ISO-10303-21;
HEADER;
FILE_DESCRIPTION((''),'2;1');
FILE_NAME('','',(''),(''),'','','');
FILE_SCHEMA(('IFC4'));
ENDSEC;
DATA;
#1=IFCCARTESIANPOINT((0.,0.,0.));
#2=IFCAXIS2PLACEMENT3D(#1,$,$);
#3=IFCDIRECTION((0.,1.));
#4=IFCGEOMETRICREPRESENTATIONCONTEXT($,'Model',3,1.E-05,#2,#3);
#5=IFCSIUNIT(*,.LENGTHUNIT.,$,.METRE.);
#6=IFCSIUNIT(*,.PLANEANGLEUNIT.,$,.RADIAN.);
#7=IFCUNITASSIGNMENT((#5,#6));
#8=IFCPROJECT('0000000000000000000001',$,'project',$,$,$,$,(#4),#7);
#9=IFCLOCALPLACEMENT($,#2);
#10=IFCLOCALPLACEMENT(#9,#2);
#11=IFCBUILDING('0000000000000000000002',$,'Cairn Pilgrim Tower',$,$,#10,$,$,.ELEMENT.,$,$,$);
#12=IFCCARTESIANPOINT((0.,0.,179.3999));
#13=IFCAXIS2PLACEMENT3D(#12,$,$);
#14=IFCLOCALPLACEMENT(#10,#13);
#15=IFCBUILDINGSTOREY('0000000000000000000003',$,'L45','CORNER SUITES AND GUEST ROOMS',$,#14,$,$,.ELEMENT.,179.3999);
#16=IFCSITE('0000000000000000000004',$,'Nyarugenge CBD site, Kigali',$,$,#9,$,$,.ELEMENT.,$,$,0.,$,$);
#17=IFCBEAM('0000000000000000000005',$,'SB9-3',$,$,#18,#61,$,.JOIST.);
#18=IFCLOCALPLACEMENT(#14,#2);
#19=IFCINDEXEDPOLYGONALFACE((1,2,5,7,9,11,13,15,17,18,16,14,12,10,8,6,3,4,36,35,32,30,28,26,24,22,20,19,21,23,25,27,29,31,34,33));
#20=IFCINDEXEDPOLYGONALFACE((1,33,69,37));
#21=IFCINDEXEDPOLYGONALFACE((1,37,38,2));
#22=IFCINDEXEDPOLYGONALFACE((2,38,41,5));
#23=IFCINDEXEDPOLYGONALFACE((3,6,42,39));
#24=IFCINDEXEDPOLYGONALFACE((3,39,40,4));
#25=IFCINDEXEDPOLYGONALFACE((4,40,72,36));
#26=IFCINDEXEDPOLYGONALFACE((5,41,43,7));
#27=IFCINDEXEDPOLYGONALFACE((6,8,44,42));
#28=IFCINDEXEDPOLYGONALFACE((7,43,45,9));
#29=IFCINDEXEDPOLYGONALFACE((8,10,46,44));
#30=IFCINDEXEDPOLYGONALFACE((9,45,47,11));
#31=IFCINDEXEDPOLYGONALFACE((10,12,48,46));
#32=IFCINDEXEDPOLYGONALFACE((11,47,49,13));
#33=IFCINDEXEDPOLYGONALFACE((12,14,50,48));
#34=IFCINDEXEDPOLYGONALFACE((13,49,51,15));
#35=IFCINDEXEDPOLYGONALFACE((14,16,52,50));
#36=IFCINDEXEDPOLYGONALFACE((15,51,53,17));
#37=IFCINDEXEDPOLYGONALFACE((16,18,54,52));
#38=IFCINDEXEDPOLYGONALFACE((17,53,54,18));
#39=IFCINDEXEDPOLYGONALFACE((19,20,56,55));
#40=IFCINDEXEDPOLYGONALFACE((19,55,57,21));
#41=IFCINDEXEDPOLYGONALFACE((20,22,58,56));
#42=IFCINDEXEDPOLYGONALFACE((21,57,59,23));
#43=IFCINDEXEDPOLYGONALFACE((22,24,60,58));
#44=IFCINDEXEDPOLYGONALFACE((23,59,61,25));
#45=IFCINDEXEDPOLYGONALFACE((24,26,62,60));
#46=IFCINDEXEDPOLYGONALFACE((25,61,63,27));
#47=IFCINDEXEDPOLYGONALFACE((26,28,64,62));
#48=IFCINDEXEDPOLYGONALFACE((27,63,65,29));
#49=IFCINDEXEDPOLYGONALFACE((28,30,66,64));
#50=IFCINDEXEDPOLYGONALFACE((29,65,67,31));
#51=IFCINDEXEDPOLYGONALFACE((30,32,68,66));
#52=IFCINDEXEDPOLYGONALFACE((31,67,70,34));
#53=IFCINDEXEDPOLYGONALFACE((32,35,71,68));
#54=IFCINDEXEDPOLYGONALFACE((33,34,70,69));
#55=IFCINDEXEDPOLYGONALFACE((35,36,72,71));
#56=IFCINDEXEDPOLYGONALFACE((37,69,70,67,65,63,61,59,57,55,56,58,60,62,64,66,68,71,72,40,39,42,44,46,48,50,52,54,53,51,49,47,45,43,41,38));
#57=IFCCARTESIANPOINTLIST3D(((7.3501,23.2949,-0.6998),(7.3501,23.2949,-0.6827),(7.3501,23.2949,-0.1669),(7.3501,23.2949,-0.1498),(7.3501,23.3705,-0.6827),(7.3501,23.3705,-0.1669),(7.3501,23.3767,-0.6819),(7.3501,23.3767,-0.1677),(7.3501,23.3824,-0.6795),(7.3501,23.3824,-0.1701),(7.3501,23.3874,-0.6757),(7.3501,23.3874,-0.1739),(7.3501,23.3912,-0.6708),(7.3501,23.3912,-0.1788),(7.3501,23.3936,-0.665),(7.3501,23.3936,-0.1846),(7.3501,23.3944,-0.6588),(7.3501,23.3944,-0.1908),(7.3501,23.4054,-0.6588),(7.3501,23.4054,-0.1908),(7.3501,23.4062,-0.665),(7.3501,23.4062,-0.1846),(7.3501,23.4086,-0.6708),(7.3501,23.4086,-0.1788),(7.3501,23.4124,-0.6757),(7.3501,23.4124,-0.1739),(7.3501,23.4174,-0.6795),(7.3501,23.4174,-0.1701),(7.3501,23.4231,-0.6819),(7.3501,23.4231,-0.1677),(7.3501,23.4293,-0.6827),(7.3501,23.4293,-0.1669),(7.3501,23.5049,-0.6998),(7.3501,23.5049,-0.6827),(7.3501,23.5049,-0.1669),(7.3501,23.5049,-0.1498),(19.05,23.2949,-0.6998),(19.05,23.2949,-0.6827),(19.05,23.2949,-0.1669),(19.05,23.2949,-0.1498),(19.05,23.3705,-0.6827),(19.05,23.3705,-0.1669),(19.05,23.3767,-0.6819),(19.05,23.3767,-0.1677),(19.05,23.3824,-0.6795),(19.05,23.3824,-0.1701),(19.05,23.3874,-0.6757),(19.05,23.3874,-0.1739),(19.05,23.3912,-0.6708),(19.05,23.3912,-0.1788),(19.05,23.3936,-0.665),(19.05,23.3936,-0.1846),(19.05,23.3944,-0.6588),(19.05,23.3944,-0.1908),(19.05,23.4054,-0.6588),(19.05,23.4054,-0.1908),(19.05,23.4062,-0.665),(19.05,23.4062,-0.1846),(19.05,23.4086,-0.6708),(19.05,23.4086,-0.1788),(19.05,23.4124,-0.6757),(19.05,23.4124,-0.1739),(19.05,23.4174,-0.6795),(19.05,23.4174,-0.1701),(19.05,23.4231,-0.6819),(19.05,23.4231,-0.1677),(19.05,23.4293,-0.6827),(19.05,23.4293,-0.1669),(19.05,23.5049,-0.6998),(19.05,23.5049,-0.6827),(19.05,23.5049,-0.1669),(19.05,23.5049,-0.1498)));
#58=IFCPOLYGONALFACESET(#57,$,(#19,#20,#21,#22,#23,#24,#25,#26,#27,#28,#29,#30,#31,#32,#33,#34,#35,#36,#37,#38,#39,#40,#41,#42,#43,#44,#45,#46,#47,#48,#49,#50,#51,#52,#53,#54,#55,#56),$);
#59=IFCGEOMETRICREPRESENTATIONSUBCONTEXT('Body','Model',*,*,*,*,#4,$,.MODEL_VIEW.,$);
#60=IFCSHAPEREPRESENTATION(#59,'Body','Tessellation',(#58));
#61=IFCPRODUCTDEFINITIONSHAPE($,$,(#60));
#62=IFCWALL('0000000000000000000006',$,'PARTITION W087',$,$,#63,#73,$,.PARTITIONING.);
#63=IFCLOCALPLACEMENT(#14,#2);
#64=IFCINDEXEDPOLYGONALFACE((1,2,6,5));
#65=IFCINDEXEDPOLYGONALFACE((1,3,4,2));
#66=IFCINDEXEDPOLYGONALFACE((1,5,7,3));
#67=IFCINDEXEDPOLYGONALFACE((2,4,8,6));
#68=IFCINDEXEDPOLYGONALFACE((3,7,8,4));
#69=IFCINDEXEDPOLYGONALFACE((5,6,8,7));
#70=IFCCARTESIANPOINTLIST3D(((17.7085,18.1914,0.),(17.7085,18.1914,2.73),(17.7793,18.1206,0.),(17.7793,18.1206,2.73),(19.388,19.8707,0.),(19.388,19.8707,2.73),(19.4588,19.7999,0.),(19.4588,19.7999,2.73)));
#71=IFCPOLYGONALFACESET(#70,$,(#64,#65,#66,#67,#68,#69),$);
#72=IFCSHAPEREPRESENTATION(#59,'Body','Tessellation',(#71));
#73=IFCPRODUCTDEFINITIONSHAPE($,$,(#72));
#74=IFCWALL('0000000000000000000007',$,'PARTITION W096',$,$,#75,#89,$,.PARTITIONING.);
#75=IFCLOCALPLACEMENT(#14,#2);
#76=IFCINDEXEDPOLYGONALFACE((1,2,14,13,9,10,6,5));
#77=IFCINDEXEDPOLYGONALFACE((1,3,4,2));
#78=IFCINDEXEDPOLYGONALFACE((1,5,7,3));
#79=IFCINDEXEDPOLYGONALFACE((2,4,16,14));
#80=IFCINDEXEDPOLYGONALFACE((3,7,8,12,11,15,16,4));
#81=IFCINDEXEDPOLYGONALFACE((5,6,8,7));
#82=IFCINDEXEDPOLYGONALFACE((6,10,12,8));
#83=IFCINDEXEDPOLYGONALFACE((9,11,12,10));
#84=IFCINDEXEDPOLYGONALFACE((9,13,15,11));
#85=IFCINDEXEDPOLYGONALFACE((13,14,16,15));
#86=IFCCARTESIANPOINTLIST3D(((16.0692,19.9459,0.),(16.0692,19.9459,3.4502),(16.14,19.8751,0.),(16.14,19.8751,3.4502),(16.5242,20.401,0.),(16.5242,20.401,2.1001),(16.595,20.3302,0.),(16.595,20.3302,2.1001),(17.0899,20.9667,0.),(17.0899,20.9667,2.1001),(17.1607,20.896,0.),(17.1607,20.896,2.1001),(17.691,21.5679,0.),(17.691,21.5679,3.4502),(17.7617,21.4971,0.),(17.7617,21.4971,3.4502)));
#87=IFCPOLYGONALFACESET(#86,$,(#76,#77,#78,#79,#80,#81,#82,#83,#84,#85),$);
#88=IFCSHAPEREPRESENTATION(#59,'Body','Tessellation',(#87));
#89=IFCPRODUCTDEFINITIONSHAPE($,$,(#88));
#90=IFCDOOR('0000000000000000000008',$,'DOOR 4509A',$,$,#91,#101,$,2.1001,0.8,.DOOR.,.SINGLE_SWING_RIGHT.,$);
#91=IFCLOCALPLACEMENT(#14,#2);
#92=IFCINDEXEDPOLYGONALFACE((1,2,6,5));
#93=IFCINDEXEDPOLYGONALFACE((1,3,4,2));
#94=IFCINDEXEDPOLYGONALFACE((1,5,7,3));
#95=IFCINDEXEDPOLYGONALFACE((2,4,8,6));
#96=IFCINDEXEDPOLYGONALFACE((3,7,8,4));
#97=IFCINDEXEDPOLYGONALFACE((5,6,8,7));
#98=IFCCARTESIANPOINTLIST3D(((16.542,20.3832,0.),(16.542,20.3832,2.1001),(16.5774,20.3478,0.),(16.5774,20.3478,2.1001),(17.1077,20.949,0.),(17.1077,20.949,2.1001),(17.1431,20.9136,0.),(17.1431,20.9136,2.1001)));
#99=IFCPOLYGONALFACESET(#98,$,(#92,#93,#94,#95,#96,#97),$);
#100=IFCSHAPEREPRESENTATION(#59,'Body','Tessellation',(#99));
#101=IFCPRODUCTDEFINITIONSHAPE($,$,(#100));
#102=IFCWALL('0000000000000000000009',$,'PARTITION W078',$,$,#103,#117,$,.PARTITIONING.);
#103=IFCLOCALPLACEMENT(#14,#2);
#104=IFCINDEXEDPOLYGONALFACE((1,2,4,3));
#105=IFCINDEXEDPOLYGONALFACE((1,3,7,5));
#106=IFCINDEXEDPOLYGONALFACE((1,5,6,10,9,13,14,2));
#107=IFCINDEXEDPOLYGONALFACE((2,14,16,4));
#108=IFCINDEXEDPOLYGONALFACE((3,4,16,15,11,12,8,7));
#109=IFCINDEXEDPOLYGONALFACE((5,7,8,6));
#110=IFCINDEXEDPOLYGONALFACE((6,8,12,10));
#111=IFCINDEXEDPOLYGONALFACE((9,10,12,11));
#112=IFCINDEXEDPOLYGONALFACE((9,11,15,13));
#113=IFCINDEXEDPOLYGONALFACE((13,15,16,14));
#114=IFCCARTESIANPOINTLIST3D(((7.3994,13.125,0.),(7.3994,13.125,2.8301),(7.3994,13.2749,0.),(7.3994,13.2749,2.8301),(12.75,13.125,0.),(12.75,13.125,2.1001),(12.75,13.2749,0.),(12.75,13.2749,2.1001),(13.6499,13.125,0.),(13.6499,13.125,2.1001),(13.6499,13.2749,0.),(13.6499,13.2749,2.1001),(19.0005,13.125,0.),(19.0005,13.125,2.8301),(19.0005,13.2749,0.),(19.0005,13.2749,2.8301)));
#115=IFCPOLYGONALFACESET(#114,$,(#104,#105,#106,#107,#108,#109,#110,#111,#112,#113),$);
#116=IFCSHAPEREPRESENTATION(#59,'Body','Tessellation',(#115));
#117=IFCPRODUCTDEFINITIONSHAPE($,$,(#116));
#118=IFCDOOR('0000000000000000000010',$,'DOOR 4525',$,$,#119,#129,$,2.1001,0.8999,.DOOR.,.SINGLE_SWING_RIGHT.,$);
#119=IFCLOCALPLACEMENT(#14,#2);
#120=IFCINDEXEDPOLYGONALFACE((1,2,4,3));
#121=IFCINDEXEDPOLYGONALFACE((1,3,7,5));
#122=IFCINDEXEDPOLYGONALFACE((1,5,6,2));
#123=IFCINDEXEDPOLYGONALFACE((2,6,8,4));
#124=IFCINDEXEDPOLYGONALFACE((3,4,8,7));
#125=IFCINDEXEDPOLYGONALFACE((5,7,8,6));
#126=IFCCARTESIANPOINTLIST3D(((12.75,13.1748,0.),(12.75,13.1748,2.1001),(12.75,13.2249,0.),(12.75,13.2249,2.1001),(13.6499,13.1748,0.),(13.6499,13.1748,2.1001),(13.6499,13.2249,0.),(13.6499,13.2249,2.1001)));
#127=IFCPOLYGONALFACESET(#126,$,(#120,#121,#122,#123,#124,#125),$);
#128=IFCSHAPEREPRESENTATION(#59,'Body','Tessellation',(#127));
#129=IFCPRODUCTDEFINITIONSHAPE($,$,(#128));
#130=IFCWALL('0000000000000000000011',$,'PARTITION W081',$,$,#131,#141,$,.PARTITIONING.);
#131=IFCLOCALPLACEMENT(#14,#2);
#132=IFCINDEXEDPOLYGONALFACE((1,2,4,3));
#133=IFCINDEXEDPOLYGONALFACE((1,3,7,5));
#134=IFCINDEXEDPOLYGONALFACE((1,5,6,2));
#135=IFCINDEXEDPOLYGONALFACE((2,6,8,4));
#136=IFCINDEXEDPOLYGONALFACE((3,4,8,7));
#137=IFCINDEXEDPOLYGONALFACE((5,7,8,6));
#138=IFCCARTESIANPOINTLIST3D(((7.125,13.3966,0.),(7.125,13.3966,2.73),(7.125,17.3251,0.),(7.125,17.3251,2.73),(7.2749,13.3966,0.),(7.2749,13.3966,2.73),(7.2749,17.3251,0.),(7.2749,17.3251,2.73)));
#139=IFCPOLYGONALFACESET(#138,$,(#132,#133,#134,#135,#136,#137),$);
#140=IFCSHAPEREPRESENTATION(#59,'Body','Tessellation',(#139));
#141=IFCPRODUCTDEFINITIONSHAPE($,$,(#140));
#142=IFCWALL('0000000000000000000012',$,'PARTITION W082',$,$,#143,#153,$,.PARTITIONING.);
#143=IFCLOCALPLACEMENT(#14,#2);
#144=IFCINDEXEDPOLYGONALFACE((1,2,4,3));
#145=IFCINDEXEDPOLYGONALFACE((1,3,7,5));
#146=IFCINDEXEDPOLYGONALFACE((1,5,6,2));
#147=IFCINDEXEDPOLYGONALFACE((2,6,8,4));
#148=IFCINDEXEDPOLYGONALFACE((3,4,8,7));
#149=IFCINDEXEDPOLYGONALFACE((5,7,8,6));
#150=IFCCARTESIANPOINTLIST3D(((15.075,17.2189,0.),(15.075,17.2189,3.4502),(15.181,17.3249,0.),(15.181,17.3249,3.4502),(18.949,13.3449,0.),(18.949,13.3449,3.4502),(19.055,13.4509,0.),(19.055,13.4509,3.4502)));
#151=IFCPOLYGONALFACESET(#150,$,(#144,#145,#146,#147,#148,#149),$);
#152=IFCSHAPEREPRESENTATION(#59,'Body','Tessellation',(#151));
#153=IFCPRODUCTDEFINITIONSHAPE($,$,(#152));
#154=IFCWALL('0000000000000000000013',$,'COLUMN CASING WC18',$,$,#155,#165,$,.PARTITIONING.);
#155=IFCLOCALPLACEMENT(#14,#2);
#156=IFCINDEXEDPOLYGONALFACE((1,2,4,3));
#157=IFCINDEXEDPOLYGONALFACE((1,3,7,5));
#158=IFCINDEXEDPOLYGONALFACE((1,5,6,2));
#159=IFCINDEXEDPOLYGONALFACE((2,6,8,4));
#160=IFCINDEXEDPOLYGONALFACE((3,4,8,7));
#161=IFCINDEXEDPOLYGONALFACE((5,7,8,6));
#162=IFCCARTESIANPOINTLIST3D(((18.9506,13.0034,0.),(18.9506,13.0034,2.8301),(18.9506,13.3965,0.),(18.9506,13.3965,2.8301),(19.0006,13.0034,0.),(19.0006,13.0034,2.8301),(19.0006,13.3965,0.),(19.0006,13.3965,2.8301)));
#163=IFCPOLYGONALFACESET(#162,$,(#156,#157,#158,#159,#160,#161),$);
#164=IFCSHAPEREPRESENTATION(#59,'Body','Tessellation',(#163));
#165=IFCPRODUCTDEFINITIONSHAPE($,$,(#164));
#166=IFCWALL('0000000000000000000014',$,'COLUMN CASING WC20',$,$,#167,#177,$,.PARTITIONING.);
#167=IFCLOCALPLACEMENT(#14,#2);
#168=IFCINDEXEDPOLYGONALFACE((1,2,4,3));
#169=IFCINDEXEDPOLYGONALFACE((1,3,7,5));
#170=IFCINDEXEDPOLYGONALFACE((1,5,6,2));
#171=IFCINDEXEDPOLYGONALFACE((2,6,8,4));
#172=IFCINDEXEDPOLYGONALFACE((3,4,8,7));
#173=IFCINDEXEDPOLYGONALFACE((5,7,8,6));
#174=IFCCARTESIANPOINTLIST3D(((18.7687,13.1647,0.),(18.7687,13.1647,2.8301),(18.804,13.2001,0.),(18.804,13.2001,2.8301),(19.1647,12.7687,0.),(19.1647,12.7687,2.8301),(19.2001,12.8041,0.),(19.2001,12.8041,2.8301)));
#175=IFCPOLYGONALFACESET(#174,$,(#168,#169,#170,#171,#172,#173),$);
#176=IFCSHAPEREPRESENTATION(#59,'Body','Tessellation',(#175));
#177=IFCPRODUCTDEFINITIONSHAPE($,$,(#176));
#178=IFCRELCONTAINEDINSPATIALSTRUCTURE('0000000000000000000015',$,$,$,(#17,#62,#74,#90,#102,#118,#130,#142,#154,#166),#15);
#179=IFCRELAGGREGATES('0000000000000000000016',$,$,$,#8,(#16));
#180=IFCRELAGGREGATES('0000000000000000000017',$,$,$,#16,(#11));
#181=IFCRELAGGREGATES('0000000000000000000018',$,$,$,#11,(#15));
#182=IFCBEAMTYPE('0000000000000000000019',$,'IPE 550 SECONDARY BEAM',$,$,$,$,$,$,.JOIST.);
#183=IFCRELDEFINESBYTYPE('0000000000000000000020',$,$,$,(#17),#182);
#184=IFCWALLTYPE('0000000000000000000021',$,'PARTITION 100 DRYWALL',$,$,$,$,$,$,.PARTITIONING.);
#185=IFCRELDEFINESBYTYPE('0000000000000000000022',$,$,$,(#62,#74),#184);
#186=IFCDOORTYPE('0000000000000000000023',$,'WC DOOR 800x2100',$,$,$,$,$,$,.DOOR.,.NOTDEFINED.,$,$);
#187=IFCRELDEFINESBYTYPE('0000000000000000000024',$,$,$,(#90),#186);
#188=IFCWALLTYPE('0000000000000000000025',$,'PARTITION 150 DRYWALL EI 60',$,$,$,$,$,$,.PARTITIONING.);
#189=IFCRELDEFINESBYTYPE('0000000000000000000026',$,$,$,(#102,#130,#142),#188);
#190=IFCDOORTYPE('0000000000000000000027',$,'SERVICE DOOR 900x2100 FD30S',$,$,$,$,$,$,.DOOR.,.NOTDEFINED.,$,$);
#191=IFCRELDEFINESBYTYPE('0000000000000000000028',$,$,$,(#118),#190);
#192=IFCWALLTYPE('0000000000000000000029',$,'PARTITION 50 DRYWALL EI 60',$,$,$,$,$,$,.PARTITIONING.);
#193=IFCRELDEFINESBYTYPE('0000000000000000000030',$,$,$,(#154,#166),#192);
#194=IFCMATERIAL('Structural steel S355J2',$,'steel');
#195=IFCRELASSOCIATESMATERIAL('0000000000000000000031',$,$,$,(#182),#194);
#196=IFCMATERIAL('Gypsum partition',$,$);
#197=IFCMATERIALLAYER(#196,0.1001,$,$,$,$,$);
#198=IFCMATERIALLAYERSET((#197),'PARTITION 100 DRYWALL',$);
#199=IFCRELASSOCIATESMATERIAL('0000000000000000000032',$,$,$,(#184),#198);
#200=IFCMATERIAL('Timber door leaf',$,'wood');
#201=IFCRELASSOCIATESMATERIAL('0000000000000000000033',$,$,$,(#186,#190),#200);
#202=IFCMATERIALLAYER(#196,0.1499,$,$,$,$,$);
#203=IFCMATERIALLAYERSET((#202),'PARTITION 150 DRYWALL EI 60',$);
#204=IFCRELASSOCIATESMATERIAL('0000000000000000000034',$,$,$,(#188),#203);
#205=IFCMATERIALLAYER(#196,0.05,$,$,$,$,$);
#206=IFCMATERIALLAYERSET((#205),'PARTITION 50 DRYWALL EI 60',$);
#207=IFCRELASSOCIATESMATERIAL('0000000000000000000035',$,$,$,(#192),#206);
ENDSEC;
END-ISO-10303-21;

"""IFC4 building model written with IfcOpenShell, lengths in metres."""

from ifc_helpers import new_model, si_unit, direction, frame, frame_2d, origin, origin_2d, place, context, subcontext, project, spatial, rectangle, i_section, extrude, material, layer, layer_set, material_profile, profile_set, type_object, element, fill, save


model = new_model("IFC4")

# Units and contexts
model_context = context("Model", 3, precision=1e-05, world=origin(), true_north=direction((0.0, 1.0)))
body_context = subcontext(model_context, "Body", "Model", "MODEL_VIEW")
ifc_project = project(units=[si_unit("LENGTHUNIT", "METRE"), si_unit("PLANEANGLEUNIT", "RADIAN")], contexts=[model_context])

# Site, building, storey
site_placement = place(None, origin())
site = spatial("IfcSite", under=ifc_project, at=site_placement, Name="Nyarugenge CBD site, Kigali", CompositionType="ELEMENT", RefElevation=0.0)
building_placement = place(site_placement, origin())
building = spatial("IfcBuilding", under=site, at=building_placement, Name="Cairn Pilgrim Tower", CompositionType="ELEMENT")
storey_placement = place(building_placement, frame((0.0, 0.0, 179.3999)))
storey = spatial("IfcBuildingStorey", under=building, at=storey_placement, Name="L45", Description="CORNER SUITES AND GUEST ROOMS", CompositionType="ELEMENT", Elevation=179.3999)

# Shared definitions
ifc_material_1 = material(Name="Structural steel S355J2", Category="steel")

# Beam
ifc_material_profile_1 = material_profile(ifc_material_1, i_section(OverallWidth=0.21, OverallDepth=0.55, WebThickness=0.011, FlangeThickness=0.0171, FilletRadius=0.0239, at=origin_2d()), Name="IPE 550")
ifc_profile_set_1 = profile_set([ifc_material_profile_1], Name="Structural steel S355J2")
beam_type_1 = type_object("IfcBeamType", Name="IPE 550 SECONDARY BEAM", PredefinedType="JOIST", material=ifc_profile_set_1)
beam_1_placement = place(storey_placement, frame((7.3501, 23.3999, -0.4248), z_axis=(1.0, 0.0, 0.0), x_axis=(0.0, 1.0, 0.0)))
element("IfcBeam", 1, at=beam_1_placement, inside=storey, type_object=beam_type_1, Name="SB9-3", PredefinedType="JOIST", context=body_context, shape_type="SweptSolid", body=[
    extrude(i_section(OverallWidth=0.21, OverallDepth=0.55, WebThickness=0.011, FlangeThickness=0.0171, FilletRadius=0.0239, at=origin_2d()), origin(), (0.0, 0.0, 1.0), 11.7),
])

# Wall
ifc_material_2 = material(Name="Gypsum partition")
ifc_layer_1 = layer(ifc_material_2, 0.1001)
ifc_layer_set_1 = layer_set([ifc_layer_1], Name="PARTITION 100 DRYWALL")
wall_type_1 = type_object("IfcWallType", Name="PARTITION 100 DRYWALL", PredefinedType="PARTITIONING", material=ifc_layer_set_1)
wall_1_placement = place(storey_placement, frame((17.7439, 18.156, 0.0), z_axis=(0.0, 0.0, 1.0), x_axis=(0.707158, 0.707055, 0.0)))
element("IfcWall", 2, at=wall_1_placement, inside=storey, type_object=wall_type_1, Name="PARTITION W087", PredefinedType="PARTITIONING", context=body_context, shape_type="SweptSolid", body=[
    extrude(rectangle(XDim=2.375, YDim=0.1001, at=frame_2d((1.1875, 0.0))), origin(), (0.0, 0.0, 1.0), 2.73),
])

# Walls, openings, doors
wall_2_placement = place(storey_placement, frame((16.1045, 19.9104, 0.0), z_axis=(0.0, 0.0, 1.0), x_axis=(0.707054, 0.70716, 0.0)))
wall_2 = element("IfcWall", 3, at=wall_2_placement, inside=storey, type_object=wall_type_1, Name="PARTITION W096", PredefinedType="PARTITIONING", context=body_context, shape_type="SweptSolid", body=[
    extrude(rectangle(XDim=2.2937, YDim=0.1001, at=frame_2d((1.147, 0.0))), origin(), (0.0, 0.0, 1.0), 3.4502),
])
opening_1_placement = place(wall_2_placement, frame((0.6438, 0.0, 0.0)))
opening_1 = element("IfcOpeningElement", 4, at=opening_1_placement, cuts=wall_2, PredefinedType="OPENING", context=body_context, shape_type="SweptSolid", body=[
    extrude(rectangle(XDim=0.8, YDim=2.1001, at=frame_2d((0.3999, 1.05))), frame((0.0, 0.0601, 0.0), z_axis=(0.0, -1.0, 0.0), x_axis=(1.0, 0.0, 0.0)), (0.0, 0.0, 1.0), 0.1201),
])
ifc_material_3 = material(Name="Timber door leaf", Category="wood")
door_type_1 = type_object("IfcDoorType", Name="WC DOOR 800x2100", OperationType="NOTDEFINED", PredefinedType="DOOR", material=ifc_material_3)
door_1_placement = place(opening_1_placement, origin())
door_1 = element("IfcDoor", 5, at=door_1_placement, inside=storey, type_object=door_type_1, Name="DOOR 4509A", OperationType="SINGLE_SWING_RIGHT", OverallHeight=2.1001, OverallWidth=0.8, PredefinedType="DOOR", context=body_context, shape_type="SweptSolid", body=[
    extrude(rectangle(XDim=0.8, YDim=2.1001, at=frame_2d((0.3999, 1.05))), frame((0.0, 0.0249, 0.0), z_axis=(0.0, -1.0, 0.0), x_axis=(1.0, 0.0, 0.0)), (0.0, 0.0, 1.0), 0.05),
])
fill(opening_1, door_1)
ifc_layer_2 = layer(ifc_material_2, 0.1499)
ifc_layer_set_2 = layer_set([ifc_layer_2], Name="PARTITION 150 DRYWALL EI 60")
wall_type_2 = type_object("IfcWallType", Name="PARTITION 150 DRYWALL EI 60", PredefinedType="PARTITIONING", material=ifc_layer_set_2)
wall_3_placement = place(storey_placement, frame((7.3994, 13.2, 0.0), z_axis=(0.0, 0.0, 1.0), x_axis=(1.0, 0.0, 0.0)))
wall_3 = element("IfcWall", 6, at=wall_3_placement, inside=storey, type_object=wall_type_2, Name="PARTITION W078", PredefinedType="PARTITIONING", context=body_context, shape_type="SweptSolid", body=[
    extrude(rectangle(XDim=11.6011, YDim=0.1499, at=frame_2d((5.8005, 0.0))), origin(), (0.0, 0.0, 1.0), 2.8301),
])
opening_2_placement = place(wall_3_placement, frame((5.3506, 0.0, 0.0)))
opening_2 = element("IfcOpeningElement", 7, at=opening_2_placement, cuts=wall_3, PredefinedType="OPENING", context=body_context, shape_type="SweptSolid", body=[
    extrude(rectangle(XDim=0.8999, YDim=2.1001, at=frame_2d((0.45, 1.05))), frame((0.0, 0.085, 0.0), z_axis=(0.0, -1.0, 0.0), x_axis=(1.0, 0.0, 0.0)), (0.0, 0.0, 1.0), 0.1699),
])
door_type_2 = type_object("IfcDoorType", Name="SERVICE DOOR 900x2100 FD30S", OperationType="NOTDEFINED", PredefinedType="DOOR", material=ifc_material_3)
door_2_placement = place(opening_2_placement, origin())
door_2 = element("IfcDoor", 8, at=door_2_placement, inside=storey, type_object=door_type_2, Name="DOOR 4525", OperationType="SINGLE_SWING_RIGHT", OverallHeight=2.1001, OverallWidth=0.8999, PredefinedType="DOOR", context=body_context, shape_type="SweptSolid", body=[
    extrude(rectangle(XDim=0.8999, YDim=2.1001, at=frame_2d((0.45, 1.05))), frame((0.0, 0.0249, 0.0), z_axis=(0.0, -1.0, 0.0), x_axis=(1.0, 0.0, 0.0)), (0.0, 0.0, 1.0), 0.05),
])
fill(opening_2, door_2)

# Walls
wall_4_placement = place(storey_placement, frame((7.2, 13.3965, 0.0), z_axis=(0.0, 0.0, 1.0), x_axis=(0.0, 1.0, 0.0)))
element("IfcWall", 9, at=wall_4_placement, inside=storey, type_object=wall_type_2, Name="PARTITION W081", PredefinedType="PARTITIONING", context=body_context, shape_type="SweptSolid", body=[
    extrude(rectangle(XDim=3.9285, YDim=0.1499, at=frame_2d((1.9644, 0.0))), origin(), (0.0, 0.0, 1.0), 2.73),
])
wall_5_placement = place(storey_placement, frame((19.002, 13.3979, 0.0), z_axis=(0.0, 0.0, 1.0), x_axis=(-0.707107, 0.707107, 0.0)))
element("IfcWall", 10, at=wall_5_placement, inside=storey, type_object=wall_type_2, Name="PARTITION W082", PredefinedType="PARTITIONING", context=body_context, shape_type="SweptSolid", body=[
    extrude(rectangle(XDim=5.4788, YDim=0.1499, at=frame_2d((2.7393, 0.0))), origin(), (0.0, 0.0, 1.0), 3.4502),
])
ifc_layer_3 = layer(ifc_material_2, 0.05)
ifc_layer_set_3 = layer_set([ifc_layer_3], Name="PARTITION 50 DRYWALL EI 60")
wall_type_3 = type_object("IfcWallType", Name="PARTITION 50 DRYWALL EI 60", PredefinedType="PARTITIONING", material=ifc_layer_set_3)
wall_6_placement = place(storey_placement, frame((18.9756, 13.0034, 0.0), z_axis=(0.0, 0.0, 1.0), x_axis=(0.0, 1.0, 0.0)))
element("IfcWall", 11, at=wall_6_placement, inside=storey, type_object=wall_type_3, Name="COLUMN CASING WC18", PredefinedType="PARTITIONING", context=body_context, shape_type="SweptSolid", body=[
    extrude(rectangle(XDim=0.3931, YDim=0.05, at=frame_2d((0.1965, 0.0))), origin(), (0.0, 0.0, 1.0), 2.8301),
])
wall_7_placement = place(storey_placement, frame((19.1824, 12.7864, 0.0), z_axis=(0.0, 0.0, 1.0), x_axis=(-0.707107, 0.707107, 0.0)))
element("IfcWall", 12, at=wall_7_placement, inside=storey, type_object=wall_type_3, Name="COLUMN CASING WC20", PredefinedType="PARTITIONING", context=body_context, shape_type="SweptSolid", body=[
    extrude(rectangle(XDim=0.5601, YDim=0.05, at=frame_2d((0.28, 0.0))), origin(), (0.0, 0.0, 1.0), 2.8301),
])

save(model, "model.ifc")
